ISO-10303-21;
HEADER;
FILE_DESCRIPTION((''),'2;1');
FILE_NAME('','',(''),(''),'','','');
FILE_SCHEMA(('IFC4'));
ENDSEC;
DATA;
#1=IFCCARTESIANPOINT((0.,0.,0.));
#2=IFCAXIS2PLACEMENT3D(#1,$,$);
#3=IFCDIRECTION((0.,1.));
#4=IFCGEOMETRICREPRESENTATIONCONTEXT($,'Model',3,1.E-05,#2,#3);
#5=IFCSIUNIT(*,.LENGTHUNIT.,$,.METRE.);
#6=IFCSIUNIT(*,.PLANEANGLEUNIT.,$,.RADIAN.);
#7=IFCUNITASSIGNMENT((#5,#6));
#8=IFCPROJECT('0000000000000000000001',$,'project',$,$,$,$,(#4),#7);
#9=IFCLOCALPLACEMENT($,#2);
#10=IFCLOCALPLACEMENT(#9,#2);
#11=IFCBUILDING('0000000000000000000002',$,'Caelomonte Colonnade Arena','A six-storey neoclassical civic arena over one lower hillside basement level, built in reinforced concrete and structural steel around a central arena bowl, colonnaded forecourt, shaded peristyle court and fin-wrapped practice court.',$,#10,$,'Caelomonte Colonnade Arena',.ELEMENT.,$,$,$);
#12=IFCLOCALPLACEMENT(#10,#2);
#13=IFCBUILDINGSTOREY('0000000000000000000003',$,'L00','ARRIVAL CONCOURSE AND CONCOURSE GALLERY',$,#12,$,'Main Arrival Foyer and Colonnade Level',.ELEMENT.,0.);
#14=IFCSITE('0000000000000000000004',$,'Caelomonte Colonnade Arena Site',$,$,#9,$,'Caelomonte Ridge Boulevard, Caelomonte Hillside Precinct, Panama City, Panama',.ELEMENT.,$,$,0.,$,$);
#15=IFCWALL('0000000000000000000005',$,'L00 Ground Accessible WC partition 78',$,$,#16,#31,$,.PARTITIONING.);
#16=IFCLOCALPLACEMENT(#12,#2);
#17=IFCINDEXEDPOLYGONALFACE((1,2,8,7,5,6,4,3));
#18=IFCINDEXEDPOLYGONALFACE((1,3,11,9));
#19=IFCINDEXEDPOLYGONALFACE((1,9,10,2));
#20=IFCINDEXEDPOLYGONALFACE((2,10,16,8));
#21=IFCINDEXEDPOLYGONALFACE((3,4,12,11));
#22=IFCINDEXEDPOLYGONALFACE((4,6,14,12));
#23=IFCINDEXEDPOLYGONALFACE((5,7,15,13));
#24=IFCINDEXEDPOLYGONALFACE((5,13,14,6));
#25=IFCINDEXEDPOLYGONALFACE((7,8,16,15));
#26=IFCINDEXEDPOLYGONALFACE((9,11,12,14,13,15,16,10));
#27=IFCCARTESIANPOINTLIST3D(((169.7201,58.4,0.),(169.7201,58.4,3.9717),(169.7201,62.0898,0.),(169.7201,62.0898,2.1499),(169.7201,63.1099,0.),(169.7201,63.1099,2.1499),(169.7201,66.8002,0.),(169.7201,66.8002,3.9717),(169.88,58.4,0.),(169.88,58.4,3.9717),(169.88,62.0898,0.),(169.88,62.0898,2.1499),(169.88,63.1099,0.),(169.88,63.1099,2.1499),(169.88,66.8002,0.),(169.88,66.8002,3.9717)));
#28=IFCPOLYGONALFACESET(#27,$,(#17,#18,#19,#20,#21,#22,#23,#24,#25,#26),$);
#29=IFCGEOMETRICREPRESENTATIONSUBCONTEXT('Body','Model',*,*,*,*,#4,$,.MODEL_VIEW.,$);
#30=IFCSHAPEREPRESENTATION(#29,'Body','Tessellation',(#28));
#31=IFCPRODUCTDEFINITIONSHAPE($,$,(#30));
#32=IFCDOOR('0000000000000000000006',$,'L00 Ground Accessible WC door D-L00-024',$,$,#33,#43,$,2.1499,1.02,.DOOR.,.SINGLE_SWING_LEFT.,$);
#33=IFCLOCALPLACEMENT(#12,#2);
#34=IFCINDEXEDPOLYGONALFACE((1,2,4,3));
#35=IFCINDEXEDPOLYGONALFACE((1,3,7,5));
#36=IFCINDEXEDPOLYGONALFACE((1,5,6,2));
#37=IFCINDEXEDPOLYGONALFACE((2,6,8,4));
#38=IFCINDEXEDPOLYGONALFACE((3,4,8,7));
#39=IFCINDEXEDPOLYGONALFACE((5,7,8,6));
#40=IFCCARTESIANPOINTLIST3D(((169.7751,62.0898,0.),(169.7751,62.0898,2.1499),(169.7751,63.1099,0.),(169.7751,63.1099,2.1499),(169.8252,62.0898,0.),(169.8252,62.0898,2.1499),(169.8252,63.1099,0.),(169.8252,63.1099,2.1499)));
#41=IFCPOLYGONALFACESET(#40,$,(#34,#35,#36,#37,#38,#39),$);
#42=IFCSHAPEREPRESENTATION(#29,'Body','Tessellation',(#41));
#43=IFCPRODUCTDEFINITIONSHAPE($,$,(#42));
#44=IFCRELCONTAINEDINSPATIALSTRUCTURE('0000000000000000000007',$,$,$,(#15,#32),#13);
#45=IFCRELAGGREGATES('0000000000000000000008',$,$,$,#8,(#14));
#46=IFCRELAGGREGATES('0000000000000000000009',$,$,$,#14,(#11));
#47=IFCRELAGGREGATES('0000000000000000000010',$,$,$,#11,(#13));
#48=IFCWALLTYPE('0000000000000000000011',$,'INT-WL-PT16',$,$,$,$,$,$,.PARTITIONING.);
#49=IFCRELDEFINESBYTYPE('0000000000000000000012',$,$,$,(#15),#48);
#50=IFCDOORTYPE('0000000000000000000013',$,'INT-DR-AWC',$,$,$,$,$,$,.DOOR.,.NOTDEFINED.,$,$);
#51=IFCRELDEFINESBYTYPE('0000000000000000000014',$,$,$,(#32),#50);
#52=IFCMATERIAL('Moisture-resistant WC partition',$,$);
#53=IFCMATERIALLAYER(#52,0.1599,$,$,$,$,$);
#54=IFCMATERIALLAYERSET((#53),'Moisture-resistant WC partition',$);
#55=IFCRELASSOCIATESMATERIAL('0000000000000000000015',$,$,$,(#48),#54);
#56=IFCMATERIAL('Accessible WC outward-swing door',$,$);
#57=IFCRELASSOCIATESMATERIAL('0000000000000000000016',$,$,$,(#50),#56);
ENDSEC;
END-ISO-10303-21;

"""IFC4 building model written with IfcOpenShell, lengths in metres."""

from ifc_helpers import new_model, si_unit, direction, frame, frame_2d, origin, place, context, subcontext, project, spatial, rectangle, extrude, material, layer, layer_set, type_object, element, fill, save


model = new_model("IFC4")

# Units and contexts
model_context = context("Model", 3, precision=1e-05, world=origin(), true_north=direction((0.0, 1.0)))
body_context = subcontext(model_context, "Body", "Model", "MODEL_VIEW")
ifc_project = project(units=[si_unit("LENGTHUNIT", "METRE"), si_unit("PLANEANGLEUNIT", "RADIAN")], contexts=[model_context])

# Site, building, storey
site_placement = place(None, origin())
site = spatial("IfcSite", under=ifc_project, at=site_placement, Name="Caelomonte Colonnade Arena Site", LongName="Caelomonte Ridge Boulevard, Caelomonte Hillside Precinct, Panama City, Panama", CompositionType="ELEMENT", RefElevation=0.0)
building_placement = place(site_placement, origin())
building = spatial("IfcBuilding", under=site, at=building_placement, Name="Caelomonte Colonnade Arena", Description="A six-storey neoclassical civic arena over one lower hillside basement level, built in reinforced concrete and structural steel around a central arena bowl, colonnaded forecourt, shaded peristyle court and fin-wrapped practice court.", LongName="Caelomonte Colonnade Arena", CompositionType="ELEMENT")
storey_placement = place(building_placement, origin())
storey = spatial("IfcBuildingStorey", under=building, at=storey_placement, Name="L00", Description="ARRIVAL CONCOURSE AND CONCOURSE GALLERY", LongName="Main Arrival Foyer and Colonnade Level", CompositionType="ELEMENT", Elevation=0.0)

# Shared definitions
ifc_material_1 = material(Name="Moisture-resistant WC partition")
ifc_layer_1 = layer(ifc_material_1, 0.1599)
ifc_layer_set_1 = layer_set([ifc_layer_1], Name="Moisture-resistant WC partition")
wall_type_1 = type_object("IfcWallType", Name="INT-WL-PT16", PredefinedType="PARTITIONING", material=ifc_layer_set_1)

# Wall, opening, door
wall_1_placement = place(storey_placement, frame((169.8, 58.3999, 0.0), z_axis=(0.0, 0.0, 1.0), x_axis=(0.0, 1.0, 0.0)))
wall_1 = element("IfcWall", 1, at=wall_1_placement, inside=storey, type_object=wall_type_1, Name="L00 Ground Accessible WC partition 78", PredefinedType="PARTITIONING", context=body_context, shape_type="SweptSolid", body=[
    extrude(rectangle(XDim=8.4001, YDim=0.1599, at=frame_2d((4.2002, 0.0))), origin(), (0.0, 0.0, 1.0), 3.9717),
])
opening_1_placement = place(wall_1_placement, frame((3.6899, 0.0, 0.0), z_axis=(0.0, 0.0, 1.0), x_axis=(1.0, 0.0, 0.0)))
opening_1 = element("IfcOpeningElement", 2, at=opening_1_placement, cuts=wall_1, PredefinedType="OPENING", context=body_context, shape_type="SweptSolid", body=[
    extrude(rectangle(XDim=1.02, YDim=2.1499, at=frame_2d((0.51, 1.075))), frame((0.0, 0.0898, 0.0), z_axis=(0.0, -1.0, 0.0), x_axis=(1.0, 0.0, 0.0)), (0.0, 0.0, 1.0), 0.1799),
])
ifc_material_2 = material(Name="Accessible WC outward-swing door")
door_type_1 = type_object("IfcDoorType", Name="INT-DR-AWC", OperationType="NOTDEFINED", PredefinedType="DOOR", material=ifc_material_2)
door_1_placement = place(opening_1_placement, origin())
door_1 = element("IfcDoor", 3, at=door_1_placement, inside=storey, type_object=door_type_1, Name="L00 Ground Accessible WC door D-L00-024", OperationType="SINGLE_SWING_LEFT", OverallHeight=2.1499, OverallWidth=1.02, PredefinedType="DOOR", context=body_context, shape_type="SweptSolid", body=[
    extrude(rectangle(XDim=1.02, YDim=2.1499, at=frame_2d((0.51, 1.075))), frame((0.0, 0.0249, 0.0), z_axis=(0.0, -1.0, 0.0), x_axis=(1.0, 0.0, 0.0)), (0.0, 0.0, 1.0), 0.05),
])
fill(opening_1, door_1)

save(model, "model.ifc")
